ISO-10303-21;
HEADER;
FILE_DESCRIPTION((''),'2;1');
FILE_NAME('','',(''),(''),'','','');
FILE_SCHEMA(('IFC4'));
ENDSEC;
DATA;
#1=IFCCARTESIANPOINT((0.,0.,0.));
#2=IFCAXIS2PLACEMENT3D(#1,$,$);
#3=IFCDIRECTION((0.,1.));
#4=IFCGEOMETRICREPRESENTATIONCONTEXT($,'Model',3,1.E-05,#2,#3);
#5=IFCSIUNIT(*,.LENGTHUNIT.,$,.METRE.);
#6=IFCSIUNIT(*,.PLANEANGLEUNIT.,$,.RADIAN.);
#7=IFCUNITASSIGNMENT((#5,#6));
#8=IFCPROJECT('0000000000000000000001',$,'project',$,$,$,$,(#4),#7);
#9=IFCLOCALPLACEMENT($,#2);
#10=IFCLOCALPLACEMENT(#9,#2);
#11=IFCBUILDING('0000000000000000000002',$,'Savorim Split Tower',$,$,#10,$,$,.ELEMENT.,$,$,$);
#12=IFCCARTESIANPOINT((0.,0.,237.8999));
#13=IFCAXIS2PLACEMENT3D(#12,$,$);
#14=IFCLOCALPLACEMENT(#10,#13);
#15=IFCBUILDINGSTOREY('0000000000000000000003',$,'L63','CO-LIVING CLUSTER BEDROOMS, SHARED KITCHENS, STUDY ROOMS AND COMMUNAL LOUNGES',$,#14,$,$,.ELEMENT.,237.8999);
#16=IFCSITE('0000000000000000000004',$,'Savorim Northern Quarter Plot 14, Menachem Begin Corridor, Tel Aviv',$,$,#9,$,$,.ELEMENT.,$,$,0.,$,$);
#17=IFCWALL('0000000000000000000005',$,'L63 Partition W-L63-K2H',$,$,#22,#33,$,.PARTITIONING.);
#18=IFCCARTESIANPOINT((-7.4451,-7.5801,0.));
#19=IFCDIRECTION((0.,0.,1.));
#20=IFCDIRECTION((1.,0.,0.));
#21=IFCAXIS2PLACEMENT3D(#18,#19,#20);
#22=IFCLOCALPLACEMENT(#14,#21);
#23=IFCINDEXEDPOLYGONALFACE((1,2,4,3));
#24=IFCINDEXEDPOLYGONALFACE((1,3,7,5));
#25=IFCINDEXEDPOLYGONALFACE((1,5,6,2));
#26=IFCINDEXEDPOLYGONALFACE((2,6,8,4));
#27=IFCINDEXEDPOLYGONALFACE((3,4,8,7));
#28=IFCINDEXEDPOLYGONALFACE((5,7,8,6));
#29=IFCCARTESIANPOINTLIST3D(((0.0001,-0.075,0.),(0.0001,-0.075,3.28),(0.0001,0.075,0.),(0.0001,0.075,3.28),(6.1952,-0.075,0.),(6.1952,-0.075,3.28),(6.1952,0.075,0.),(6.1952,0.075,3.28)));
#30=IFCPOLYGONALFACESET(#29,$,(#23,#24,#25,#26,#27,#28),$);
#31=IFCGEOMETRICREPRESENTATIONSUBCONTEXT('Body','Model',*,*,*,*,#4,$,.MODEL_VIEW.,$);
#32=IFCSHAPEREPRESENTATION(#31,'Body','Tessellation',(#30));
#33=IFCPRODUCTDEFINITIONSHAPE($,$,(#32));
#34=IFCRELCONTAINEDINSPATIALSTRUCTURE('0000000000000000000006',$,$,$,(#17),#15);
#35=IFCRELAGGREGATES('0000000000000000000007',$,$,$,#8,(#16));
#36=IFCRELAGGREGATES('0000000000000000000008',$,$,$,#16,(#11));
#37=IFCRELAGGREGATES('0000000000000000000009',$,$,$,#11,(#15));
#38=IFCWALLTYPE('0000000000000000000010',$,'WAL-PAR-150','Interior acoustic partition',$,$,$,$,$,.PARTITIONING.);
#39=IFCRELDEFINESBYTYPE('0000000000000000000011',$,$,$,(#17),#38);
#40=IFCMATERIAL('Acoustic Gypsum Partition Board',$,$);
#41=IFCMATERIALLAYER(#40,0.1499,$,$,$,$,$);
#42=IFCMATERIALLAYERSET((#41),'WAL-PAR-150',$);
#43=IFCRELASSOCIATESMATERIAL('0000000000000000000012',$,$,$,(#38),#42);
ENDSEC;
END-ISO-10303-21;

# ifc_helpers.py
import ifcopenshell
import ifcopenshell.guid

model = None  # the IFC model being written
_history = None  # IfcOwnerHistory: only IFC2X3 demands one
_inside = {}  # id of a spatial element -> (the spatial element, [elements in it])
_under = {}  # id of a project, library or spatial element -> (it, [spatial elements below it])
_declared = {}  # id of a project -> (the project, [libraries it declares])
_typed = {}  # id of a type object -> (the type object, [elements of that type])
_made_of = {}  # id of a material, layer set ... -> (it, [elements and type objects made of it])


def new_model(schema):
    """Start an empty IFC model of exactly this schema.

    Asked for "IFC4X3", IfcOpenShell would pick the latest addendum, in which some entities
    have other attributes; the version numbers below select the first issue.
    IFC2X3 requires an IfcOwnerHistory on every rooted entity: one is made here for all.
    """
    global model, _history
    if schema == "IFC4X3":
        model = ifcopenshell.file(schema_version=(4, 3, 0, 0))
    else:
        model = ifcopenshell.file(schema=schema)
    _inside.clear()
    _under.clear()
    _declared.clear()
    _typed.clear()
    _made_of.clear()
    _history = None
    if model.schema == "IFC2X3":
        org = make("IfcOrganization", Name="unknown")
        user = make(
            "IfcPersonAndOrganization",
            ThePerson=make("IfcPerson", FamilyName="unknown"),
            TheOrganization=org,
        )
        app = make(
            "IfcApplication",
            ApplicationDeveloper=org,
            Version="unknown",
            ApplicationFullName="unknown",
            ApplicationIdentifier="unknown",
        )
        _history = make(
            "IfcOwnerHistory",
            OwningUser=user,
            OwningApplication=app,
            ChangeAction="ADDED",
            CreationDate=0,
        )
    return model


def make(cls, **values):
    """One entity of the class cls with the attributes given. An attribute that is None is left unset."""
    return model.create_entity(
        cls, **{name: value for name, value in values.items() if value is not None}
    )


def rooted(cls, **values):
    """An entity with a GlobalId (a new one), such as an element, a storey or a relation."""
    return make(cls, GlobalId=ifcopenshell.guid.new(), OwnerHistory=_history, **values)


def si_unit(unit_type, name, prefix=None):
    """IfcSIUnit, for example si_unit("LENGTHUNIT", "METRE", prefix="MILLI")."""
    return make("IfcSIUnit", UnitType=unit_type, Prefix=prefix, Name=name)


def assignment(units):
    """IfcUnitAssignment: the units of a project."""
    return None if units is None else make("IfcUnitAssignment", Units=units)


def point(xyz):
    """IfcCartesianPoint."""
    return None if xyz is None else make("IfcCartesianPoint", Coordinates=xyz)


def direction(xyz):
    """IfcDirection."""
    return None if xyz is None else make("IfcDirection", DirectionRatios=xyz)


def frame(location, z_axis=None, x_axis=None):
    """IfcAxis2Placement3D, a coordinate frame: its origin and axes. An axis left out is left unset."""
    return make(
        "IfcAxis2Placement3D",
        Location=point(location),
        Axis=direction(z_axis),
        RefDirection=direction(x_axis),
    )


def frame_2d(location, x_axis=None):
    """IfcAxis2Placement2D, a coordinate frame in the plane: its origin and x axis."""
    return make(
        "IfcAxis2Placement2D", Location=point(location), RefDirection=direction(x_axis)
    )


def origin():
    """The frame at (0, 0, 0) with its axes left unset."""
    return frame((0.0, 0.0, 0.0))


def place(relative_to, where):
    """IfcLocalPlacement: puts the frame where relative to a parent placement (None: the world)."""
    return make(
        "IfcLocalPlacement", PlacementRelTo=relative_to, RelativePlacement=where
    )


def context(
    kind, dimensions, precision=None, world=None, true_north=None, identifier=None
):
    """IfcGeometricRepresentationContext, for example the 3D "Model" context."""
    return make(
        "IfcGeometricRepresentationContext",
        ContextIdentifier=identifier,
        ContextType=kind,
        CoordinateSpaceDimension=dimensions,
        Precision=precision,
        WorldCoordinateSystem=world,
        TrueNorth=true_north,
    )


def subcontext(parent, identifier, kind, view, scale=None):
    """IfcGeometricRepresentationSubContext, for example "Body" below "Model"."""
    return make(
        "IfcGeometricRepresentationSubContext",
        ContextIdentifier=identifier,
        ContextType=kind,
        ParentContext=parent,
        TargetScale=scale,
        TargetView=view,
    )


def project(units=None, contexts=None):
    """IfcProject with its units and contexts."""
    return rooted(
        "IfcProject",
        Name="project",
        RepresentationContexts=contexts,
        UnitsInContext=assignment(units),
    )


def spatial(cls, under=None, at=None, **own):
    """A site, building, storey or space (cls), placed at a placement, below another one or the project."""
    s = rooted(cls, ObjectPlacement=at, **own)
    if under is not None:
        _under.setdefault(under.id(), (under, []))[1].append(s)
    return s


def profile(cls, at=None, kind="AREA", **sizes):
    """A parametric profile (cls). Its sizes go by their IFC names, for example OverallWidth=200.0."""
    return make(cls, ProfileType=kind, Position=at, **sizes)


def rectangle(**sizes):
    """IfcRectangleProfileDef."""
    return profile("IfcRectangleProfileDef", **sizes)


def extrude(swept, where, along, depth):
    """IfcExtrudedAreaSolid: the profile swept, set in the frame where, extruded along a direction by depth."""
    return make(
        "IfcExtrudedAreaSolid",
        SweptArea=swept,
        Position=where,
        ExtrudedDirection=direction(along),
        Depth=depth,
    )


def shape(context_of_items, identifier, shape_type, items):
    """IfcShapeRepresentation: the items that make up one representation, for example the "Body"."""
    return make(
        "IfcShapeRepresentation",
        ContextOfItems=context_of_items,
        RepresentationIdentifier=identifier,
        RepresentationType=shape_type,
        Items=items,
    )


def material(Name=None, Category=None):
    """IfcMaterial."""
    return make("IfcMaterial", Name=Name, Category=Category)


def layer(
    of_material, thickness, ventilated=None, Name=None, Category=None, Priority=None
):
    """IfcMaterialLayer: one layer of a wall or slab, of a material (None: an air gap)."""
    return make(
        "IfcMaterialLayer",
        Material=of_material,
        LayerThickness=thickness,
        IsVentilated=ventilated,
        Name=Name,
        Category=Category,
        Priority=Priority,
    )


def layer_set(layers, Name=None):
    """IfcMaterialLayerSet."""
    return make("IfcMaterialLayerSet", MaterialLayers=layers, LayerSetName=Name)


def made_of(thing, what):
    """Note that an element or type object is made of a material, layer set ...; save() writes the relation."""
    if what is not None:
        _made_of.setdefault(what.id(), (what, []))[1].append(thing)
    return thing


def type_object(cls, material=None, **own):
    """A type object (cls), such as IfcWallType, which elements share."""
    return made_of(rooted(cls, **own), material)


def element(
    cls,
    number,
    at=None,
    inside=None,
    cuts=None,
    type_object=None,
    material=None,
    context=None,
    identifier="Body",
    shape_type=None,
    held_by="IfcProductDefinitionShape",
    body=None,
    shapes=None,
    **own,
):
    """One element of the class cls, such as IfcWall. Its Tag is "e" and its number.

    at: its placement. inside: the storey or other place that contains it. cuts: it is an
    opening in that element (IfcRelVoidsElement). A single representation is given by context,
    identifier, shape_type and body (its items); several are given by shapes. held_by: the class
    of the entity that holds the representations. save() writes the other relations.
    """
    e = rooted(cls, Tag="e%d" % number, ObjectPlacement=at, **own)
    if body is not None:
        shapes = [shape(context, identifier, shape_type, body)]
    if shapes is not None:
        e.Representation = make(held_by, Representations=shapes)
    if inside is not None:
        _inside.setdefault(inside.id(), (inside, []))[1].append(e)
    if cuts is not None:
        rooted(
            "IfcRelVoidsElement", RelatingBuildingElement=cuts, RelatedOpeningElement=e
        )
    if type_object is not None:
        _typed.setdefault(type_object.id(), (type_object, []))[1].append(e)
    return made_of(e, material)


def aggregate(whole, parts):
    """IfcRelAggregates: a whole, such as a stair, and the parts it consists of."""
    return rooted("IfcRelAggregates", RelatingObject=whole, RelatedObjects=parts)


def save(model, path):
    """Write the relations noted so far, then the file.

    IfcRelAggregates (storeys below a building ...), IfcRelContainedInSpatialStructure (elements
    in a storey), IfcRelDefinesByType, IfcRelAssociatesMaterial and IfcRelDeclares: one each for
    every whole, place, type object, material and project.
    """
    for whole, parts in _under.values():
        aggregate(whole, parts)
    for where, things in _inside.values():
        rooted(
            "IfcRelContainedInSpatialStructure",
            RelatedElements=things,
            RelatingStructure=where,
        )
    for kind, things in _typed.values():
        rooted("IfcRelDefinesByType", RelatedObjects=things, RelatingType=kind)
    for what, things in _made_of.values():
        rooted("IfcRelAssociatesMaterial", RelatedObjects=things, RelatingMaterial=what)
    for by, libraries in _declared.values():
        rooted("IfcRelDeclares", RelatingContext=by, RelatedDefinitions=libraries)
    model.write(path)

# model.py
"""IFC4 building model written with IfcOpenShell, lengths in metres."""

from ifc_helpers import new_model, si_unit, direction, frame, frame_2d, origin, place, context, subcontext, project, spatial, rectangle, extrude, material, layer, layer_set, type_object, element, save


model = new_model("IFC4")

# Units and contexts
model_context = context("Model", 3, precision=1e-05, world=origin(), true_north=direction((0.0, 1.0)))
body_context = subcontext(model_context, "Body", "Model", "MODEL_VIEW")
ifc_project = project(units=[si_unit("LENGTHUNIT", "METRE"), si_unit("PLANEANGLEUNIT", "RADIAN")], contexts=[model_context])

# Site, building, storey
site_placement = place(None, origin())
site = spatial("IfcSite", under=ifc_project, at=site_placement, Name="Savorim Northern Quarter Plot 14, Menachem Begin Corridor, Tel Aviv", CompositionType="ELEMENT", RefElevation=0.0)
building_placement = place(site_placement, origin())
building = spatial("IfcBuilding", under=site, at=building_placement, Name="Savorim Split Tower", CompositionType="ELEMENT")
storey_placement = place(building_placement, frame((0.0, 0.0, 237.8999)))
storey = spatial("IfcBuildingStorey", under=building, at=storey_placement, Name="L63", Description="CO-LIVING CLUSTER BEDROOMS, SHARED KITCHENS, STUDY ROOMS AND COMMUNAL LOUNGES", CompositionType="ELEMENT", Elevation=237.8999)

# Shared definitions
ifc_material_1 = material(Name="Acoustic Gypsum Partition Board")
ifc_layer_1 = layer(ifc_material_1, 0.1499)
ifc_layer_set_1 = layer_set([ifc_layer_1], Name="WAL-PAR-150")
wall_type_1 = type_object("IfcWallType", Name="WAL-PAR-150", Description="Interior acoustic partition", PredefinedType="PARTITIONING", material=ifc_layer_set_1)

# Wall
wall_1_placement = place(storey_placement, frame((-7.4451, -7.5801, 0.0), z_axis=(0.0, 0.0, 1.0), x_axis=(1.0, 0.0, 0.0)))
element("IfcWall", 1, at=wall_1_placement, inside=storey, type_object=wall_type_1, Name="L63 Partition W-L63-K2H", PredefinedType="PARTITIONING", context=body_context, shape_type="SweptSolid", body=[
    extrude(rectangle(XDim=6.1951, YDim=0.1499, at=frame_2d((3.0977, 0.0))), origin(), (0.0, 0.0, 1.0), 3.28),
])

save(model, "model.ifc")
